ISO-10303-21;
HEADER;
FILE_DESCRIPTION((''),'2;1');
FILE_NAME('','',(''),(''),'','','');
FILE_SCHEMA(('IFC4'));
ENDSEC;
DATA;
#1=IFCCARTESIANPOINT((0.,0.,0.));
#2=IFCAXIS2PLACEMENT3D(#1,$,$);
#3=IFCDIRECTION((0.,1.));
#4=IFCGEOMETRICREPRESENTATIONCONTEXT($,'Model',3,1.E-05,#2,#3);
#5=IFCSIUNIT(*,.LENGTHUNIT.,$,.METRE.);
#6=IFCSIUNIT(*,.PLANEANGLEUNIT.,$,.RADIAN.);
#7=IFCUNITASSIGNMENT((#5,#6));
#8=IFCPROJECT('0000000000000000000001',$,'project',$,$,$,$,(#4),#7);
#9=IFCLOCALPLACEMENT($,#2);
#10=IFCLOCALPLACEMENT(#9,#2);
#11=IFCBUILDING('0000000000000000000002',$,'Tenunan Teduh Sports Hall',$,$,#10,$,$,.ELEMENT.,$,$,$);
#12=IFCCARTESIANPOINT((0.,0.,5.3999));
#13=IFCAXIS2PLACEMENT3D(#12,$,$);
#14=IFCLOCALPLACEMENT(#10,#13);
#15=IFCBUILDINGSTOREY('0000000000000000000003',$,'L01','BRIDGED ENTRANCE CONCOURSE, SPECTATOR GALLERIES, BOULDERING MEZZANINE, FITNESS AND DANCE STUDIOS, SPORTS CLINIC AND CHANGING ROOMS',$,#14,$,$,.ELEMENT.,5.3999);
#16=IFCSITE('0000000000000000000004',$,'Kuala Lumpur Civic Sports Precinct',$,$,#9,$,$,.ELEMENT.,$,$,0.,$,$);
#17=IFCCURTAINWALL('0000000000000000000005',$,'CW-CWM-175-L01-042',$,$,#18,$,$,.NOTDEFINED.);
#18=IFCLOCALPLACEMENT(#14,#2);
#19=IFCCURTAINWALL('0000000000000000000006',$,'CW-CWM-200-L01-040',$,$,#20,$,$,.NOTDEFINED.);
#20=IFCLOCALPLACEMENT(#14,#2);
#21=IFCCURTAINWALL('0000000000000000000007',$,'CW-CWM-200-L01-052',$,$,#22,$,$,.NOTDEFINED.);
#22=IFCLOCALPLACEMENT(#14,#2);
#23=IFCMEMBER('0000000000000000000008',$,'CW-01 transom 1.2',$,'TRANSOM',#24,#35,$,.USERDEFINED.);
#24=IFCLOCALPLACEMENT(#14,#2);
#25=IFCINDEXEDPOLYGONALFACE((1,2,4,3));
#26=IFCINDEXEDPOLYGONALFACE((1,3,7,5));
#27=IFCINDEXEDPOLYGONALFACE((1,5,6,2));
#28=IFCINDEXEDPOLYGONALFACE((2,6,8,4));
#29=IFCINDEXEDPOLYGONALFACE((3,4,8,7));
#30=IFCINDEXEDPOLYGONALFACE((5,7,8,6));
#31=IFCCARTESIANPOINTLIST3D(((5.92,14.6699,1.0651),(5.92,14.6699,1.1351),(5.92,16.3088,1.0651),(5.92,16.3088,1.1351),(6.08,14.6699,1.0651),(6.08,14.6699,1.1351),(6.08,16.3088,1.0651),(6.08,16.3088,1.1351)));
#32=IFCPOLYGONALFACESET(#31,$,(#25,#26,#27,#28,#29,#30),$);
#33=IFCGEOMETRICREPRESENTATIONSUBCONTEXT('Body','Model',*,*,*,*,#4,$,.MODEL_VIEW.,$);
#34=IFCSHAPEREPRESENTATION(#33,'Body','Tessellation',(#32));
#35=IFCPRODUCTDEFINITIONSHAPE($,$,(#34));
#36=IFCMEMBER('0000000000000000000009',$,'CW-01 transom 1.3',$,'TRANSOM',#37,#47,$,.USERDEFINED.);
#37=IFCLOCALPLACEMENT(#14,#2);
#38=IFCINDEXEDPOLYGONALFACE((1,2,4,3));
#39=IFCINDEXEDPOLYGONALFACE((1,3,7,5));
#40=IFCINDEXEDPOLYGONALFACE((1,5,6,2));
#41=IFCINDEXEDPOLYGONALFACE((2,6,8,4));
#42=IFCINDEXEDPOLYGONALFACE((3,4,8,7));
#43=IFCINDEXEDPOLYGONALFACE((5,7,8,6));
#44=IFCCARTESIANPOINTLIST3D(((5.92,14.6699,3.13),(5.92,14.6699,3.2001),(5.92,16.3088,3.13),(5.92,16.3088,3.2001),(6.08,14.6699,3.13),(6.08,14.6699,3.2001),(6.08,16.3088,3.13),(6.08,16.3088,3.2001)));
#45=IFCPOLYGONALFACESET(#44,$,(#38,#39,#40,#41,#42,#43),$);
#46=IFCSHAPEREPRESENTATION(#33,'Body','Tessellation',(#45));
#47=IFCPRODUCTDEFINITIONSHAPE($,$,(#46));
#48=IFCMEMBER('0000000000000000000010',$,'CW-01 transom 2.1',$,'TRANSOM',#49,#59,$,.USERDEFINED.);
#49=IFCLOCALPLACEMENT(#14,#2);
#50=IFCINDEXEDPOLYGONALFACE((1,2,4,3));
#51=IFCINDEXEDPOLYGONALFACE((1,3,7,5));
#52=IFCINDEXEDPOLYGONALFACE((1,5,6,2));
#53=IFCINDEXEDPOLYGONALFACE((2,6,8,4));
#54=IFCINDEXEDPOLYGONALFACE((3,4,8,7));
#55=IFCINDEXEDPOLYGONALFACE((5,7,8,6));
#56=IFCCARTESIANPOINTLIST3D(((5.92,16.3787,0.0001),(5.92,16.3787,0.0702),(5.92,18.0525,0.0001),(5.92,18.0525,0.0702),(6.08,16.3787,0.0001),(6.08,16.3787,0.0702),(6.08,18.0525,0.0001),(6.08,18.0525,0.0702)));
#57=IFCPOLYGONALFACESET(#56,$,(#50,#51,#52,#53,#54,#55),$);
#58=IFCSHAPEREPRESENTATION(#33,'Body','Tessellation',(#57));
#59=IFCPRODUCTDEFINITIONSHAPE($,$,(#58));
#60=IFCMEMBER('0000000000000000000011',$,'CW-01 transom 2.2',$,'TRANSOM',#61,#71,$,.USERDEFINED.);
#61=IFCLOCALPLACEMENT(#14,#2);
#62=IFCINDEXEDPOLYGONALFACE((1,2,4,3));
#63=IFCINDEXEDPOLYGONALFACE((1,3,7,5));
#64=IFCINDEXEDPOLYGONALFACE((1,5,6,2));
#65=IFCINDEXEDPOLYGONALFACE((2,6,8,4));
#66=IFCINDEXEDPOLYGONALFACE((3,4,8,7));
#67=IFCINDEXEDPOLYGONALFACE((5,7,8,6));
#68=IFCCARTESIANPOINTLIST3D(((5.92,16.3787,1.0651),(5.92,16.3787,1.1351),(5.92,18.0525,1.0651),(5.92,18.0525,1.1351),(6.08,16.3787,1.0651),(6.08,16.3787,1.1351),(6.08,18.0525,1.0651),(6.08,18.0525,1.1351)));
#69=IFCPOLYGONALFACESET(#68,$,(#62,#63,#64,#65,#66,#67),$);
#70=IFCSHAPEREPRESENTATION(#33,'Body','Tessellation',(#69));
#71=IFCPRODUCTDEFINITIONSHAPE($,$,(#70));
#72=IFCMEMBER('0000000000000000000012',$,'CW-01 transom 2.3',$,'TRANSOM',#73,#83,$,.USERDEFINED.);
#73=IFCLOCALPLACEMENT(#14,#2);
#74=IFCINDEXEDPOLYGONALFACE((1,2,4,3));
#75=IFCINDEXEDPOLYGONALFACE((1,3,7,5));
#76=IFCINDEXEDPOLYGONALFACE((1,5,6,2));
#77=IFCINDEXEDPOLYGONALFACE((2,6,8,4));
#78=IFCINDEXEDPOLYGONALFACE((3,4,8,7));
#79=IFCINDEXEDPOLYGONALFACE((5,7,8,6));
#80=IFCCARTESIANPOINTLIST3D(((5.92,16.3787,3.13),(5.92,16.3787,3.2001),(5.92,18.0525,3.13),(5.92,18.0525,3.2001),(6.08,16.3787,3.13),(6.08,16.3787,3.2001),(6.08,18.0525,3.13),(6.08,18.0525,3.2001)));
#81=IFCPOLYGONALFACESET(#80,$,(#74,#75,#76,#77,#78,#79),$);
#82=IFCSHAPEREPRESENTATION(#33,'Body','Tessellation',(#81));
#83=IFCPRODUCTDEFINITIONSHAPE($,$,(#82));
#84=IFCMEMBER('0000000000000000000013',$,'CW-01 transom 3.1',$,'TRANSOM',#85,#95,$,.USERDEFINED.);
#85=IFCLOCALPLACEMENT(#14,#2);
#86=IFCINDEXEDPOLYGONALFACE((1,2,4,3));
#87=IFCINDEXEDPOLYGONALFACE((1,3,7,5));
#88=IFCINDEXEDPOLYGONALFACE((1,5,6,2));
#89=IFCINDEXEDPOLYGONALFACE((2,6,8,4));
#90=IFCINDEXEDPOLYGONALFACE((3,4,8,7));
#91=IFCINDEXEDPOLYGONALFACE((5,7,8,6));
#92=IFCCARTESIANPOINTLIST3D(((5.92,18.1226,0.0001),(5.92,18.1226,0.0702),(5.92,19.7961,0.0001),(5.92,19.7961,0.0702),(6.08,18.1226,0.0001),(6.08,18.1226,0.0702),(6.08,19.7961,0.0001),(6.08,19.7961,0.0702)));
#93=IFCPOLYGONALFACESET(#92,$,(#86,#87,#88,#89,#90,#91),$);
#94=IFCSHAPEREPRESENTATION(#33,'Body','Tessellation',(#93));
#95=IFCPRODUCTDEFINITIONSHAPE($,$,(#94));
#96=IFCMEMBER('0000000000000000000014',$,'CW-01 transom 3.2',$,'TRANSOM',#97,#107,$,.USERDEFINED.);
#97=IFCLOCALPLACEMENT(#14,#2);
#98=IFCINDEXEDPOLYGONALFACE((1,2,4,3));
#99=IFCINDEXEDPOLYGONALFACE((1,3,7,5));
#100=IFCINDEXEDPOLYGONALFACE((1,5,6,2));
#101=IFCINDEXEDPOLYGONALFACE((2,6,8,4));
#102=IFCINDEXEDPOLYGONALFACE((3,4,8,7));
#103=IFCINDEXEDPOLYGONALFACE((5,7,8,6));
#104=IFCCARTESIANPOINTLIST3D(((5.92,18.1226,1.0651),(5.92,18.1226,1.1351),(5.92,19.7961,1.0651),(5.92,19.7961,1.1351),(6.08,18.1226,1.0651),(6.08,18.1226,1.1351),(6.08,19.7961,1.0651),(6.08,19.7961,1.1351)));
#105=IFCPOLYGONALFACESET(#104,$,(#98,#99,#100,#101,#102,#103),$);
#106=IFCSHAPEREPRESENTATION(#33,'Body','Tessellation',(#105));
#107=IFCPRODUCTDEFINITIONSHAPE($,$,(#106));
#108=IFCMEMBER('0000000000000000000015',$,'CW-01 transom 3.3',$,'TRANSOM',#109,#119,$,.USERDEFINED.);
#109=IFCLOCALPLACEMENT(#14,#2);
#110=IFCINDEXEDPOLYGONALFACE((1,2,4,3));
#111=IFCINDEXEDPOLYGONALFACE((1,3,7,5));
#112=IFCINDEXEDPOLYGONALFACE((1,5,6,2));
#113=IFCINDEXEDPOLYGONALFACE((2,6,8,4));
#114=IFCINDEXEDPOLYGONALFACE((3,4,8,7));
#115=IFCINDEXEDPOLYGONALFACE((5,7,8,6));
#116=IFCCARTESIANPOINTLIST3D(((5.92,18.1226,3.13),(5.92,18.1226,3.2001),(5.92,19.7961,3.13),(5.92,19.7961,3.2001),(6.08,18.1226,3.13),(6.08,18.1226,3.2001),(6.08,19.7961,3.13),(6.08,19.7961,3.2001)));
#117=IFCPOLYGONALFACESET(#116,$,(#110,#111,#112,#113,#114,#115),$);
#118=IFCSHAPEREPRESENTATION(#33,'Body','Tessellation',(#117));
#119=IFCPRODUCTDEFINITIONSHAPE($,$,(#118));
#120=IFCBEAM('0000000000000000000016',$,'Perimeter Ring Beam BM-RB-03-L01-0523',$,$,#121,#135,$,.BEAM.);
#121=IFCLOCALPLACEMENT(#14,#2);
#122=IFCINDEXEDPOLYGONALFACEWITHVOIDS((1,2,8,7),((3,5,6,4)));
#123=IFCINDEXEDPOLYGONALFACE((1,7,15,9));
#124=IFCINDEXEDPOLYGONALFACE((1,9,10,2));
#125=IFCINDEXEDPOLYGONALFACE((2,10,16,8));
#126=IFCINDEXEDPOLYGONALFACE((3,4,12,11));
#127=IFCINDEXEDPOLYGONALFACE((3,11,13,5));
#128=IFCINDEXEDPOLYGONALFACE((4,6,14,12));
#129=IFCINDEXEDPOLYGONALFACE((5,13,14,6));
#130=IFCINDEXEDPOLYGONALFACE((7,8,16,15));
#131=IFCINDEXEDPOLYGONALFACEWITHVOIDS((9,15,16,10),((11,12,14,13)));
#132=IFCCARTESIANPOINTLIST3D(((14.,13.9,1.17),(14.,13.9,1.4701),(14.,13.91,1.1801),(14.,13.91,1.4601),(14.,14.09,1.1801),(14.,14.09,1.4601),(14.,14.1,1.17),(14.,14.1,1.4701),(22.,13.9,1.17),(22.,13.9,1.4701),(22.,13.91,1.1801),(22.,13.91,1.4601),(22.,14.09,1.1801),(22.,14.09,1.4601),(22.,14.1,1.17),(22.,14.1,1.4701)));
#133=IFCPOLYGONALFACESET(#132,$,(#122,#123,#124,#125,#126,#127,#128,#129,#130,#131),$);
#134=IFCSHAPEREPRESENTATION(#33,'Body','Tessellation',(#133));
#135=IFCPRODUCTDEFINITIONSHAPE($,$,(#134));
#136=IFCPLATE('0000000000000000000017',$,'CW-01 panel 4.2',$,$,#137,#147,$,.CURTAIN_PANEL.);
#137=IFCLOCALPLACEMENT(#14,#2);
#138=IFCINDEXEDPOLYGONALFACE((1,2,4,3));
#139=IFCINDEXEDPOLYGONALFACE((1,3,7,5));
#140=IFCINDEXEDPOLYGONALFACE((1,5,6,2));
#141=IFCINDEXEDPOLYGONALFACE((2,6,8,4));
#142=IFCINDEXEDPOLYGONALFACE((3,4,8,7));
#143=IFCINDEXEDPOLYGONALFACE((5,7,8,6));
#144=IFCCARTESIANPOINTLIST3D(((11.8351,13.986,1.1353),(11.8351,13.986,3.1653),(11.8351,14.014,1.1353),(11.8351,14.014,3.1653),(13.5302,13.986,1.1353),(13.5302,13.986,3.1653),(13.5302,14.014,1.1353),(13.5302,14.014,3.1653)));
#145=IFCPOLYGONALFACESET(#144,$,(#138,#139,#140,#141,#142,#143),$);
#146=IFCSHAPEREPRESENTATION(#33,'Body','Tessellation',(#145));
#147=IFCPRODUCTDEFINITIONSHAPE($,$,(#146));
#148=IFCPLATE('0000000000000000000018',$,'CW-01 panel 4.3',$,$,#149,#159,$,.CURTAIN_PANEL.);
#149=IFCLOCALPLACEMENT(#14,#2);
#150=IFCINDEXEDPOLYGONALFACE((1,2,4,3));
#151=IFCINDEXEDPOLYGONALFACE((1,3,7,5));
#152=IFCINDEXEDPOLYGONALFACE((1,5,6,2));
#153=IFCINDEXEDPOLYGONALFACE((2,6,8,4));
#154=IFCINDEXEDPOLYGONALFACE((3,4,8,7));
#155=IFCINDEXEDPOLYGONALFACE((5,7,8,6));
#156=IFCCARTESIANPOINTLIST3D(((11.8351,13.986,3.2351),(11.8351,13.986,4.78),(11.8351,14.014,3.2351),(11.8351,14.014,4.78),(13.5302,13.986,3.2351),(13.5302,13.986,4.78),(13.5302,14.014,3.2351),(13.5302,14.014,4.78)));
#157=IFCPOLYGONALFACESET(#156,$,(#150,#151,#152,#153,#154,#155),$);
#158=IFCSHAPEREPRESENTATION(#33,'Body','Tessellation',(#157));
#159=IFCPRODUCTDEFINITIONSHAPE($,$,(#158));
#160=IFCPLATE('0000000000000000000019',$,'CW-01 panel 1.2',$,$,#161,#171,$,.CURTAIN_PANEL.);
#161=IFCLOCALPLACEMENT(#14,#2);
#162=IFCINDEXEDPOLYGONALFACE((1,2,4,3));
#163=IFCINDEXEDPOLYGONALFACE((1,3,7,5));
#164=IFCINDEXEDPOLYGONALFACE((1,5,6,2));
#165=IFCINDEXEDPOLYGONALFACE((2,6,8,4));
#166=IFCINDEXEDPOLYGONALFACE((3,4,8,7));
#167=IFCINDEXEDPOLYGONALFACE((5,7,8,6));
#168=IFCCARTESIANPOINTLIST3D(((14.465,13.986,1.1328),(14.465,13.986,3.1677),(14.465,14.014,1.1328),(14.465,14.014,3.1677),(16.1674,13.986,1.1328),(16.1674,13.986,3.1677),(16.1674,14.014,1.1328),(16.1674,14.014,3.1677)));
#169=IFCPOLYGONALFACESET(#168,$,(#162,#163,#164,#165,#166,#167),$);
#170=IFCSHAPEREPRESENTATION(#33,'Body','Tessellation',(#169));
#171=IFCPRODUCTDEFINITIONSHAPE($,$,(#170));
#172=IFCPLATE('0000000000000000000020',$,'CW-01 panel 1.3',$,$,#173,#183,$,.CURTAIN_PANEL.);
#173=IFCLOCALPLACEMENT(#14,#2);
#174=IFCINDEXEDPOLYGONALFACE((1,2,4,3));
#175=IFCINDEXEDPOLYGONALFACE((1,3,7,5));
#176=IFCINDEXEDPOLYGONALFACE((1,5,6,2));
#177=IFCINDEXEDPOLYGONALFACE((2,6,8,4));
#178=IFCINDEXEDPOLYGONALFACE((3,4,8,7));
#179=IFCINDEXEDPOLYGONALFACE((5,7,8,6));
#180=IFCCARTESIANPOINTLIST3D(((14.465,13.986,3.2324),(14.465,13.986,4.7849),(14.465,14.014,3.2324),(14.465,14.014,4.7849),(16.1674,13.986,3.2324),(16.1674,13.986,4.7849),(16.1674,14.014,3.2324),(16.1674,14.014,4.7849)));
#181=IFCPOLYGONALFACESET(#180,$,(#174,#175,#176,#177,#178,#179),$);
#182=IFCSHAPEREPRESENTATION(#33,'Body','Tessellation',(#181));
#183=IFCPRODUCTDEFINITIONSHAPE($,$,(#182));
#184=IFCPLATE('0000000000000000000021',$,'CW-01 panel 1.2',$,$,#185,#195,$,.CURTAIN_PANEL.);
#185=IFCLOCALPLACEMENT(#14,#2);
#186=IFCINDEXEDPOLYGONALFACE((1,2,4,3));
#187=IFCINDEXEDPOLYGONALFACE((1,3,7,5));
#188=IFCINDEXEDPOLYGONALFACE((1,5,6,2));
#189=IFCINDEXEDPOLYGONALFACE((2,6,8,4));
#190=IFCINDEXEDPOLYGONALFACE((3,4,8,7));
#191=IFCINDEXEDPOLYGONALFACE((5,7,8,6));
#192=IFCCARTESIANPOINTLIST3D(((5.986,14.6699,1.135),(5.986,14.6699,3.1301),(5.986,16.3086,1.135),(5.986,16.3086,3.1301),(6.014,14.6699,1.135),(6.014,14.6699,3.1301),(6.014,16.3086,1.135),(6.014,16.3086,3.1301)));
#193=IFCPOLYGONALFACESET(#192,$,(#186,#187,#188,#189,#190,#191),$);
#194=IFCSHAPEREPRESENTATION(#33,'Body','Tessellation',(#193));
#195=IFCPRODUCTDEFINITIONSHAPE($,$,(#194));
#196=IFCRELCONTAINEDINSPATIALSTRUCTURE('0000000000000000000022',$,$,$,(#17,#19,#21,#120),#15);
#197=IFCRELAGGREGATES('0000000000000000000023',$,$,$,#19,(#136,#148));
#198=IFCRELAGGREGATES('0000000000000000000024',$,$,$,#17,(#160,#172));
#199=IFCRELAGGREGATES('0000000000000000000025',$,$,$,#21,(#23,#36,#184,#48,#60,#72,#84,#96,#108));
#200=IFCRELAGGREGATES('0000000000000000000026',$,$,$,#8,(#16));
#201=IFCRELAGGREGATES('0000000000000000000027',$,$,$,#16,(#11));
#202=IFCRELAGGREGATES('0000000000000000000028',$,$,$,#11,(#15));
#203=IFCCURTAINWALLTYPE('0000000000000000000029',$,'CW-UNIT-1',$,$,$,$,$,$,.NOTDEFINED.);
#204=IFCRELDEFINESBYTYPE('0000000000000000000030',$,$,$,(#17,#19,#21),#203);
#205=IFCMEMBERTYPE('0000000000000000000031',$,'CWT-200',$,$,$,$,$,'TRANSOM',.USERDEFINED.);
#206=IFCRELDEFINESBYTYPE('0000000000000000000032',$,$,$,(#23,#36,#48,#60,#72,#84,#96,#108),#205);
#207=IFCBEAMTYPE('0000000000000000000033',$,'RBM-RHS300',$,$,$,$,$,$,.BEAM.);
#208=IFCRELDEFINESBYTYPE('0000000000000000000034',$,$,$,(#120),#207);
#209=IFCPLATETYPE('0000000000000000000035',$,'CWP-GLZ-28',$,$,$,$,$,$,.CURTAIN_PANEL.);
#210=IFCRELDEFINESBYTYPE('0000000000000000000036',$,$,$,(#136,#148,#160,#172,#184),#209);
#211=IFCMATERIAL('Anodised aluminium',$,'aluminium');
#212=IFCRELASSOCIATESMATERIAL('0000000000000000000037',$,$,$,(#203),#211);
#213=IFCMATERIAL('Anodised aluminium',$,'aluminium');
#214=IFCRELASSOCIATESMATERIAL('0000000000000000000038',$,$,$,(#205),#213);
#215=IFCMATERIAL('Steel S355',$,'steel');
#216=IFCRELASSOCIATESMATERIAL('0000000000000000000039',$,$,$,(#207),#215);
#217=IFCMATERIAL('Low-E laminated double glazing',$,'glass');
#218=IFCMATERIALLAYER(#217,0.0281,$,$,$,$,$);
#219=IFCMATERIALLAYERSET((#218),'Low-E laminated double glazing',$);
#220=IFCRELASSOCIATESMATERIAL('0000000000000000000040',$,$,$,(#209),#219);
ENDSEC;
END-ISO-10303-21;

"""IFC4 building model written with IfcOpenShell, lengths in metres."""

from ifc_helpers import new_model, si_unit, direction, frame, origin, origin_2d, place, context, subcontext, project, spatial, rectangle, hollow_rectangle, extrude, material, layer, layer_set, material_profile, profile_set, type_object, element, aggregate, save


model = new_model("IFC4")

# Units and contexts
model_context = context("Model", 3, precision=1e-05, world=origin(), true_north=direction((0.0, 1.0)))
body_context = subcontext(model_context, "Body", "Model", "MODEL_VIEW")
ifc_project = project(units=[si_unit("LENGTHUNIT", "METRE"), si_unit("PLANEANGLEUNIT", "RADIAN")], contexts=[model_context])

# Site, building, storey
site_placement = place(None, origin())
site = spatial("IfcSite", under=ifc_project, at=site_placement, Name="Kuala Lumpur Civic Sports Precinct", CompositionType="ELEMENT", RefElevation=0.0)
building_placement = place(site_placement, origin())
building = spatial("IfcBuilding", under=site, at=building_placement, Name="Tenunan Teduh Sports Hall", CompositionType="ELEMENT")
storey_placement = place(building_placement, frame((0.0, 0.0, 5.3999)))
storey = spatial("IfcBuildingStorey", under=building, at=storey_placement, Name="L01", Description="BRIDGED ENTRANCE CONCOURSE, SPECTATOR GALLERIES, BOULDERING MEZZANINE, FITNESS AND DANCE STUDIOS, SPORTS CLINIC AND CHANGING ROOMS", CompositionType="ELEMENT", Elevation=5.3999)

# Curtain walls
ifc_material_1 = material(Name="Anodised aluminium", Category="aluminium")
curtain_wall_type = type_object("IfcCurtainWallType", Name="CW-UNIT-1", PredefinedType="NOTDEFINED", material=ifc_material_1)
curtain_wall_1_placement = place(storey_placement, origin())
curtain_wall_1 = element("IfcCurtainWall", 1, at=curtain_wall_1_placement, inside=storey, type_object=curtain_wall_type, Name="CW-CWM-175-L01-042", PredefinedType="NOTDEFINED")
curtain_wall_2_placement = place(storey_placement, origin())
curtain_wall_2 = element("IfcCurtainWall", 2, at=curtain_wall_2_placement, inside=storey, type_object=curtain_wall_type, Name="CW-CWM-200-L01-040", PredefinedType="NOTDEFINED")

# Curtain wall
curtain_wall_3_placement = place(storey_placement, origin())
curtain_wall_3 = element("IfcCurtainWall", 3, at=curtain_wall_3_placement, inside=storey, type_object=curtain_wall_type, Name="CW-CWM-200-L01-052", PredefinedType="NOTDEFINED")

# Members
ifc_material_2 = material(Name="Anodised aluminium", Category="aluminium")
ifc_material_profile_1 = material_profile(ifc_material_2, rectangle(XDim=0.0701, YDim=0.1599, at=origin_2d()), Name="CWT 70x160")
ifc_profile_set_1 = profile_set([ifc_material_profile_1], Name="Anodised aluminium")
member_type_1 = type_object("IfcMemberType", Name="CWT-200", ElementType="TRANSOM", PredefinedType="USERDEFINED", material=ifc_profile_set_1)
member_1_placement = place(storey_placement, frame((6.0, 14.6699, 1.1001), z_axis=(0.0, 1.0, 0.0), x_axis=(0.0, 0.0, 1.0)))
member_1 = element("IfcMember", 4, at=member_1_placement, type_object=member_type_1, Name="CW-01 transom 1.2", ObjectType="TRANSOM", PredefinedType="USERDEFINED", context=body_context, shape_type="SweptSolid", body=[
    extrude(rectangle(XDim=0.0701, YDim=0.1599, at=origin_2d()), origin(), (0.0, 0.0, 1.0), 1.6389),
])
member_2_placement = place(storey_placement, frame((6.0, 14.6699, 3.165), z_axis=(0.0, 1.0, 0.0), x_axis=(0.0, 0.0, 1.0)))
member_2 = element("IfcMember", 5, at=member_2_placement, type_object=member_type_1, Name="CW-01 transom 1.3", ObjectType="TRANSOM", PredefinedType="USERDEFINED", context=body_context, shape_type="SweptSolid", body=[
    extrude(rectangle(XDim=0.0701, YDim=0.1599, at=origin_2d()), origin(), (0.0, 0.0, 1.0), 1.6389),
])
member_3_placement = place(storey_placement, frame((6.0, 16.3787, 0.0352), z_axis=(0.0, 1.0, 0.0), x_axis=(0.0, 0.0, 1.0)))
member_3 = element("IfcMember", 6, at=member_3_placement, type_object=member_type_1, Name="CW-01 transom 2.1", ObjectType="TRANSOM", PredefinedType="USERDEFINED", context=body_context, shape_type="SweptSolid", body=[
    extrude(rectangle(XDim=0.0701, YDim=0.1599, at=origin_2d()), origin(), (0.0, 0.0, 1.0), 1.6738),
])
member_4_placement = place(storey_placement, frame((6.0, 16.3787, 1.1001), z_axis=(0.0, 1.0, 0.0), x_axis=(0.0, 0.0, 1.0)))
member_4 = element("IfcMember", 7, at=member_4_placement, type_object=member_type_1, Name="CW-01 transom 2.2", ObjectType="TRANSOM", PredefinedType="USERDEFINED", context=body_context, shape_type="SweptSolid", body=[
    extrude(rectangle(XDim=0.0701, YDim=0.1599, at=origin_2d()), origin(), (0.0, 0.0, 1.0), 1.6738),
])
member_5_placement = place(storey_placement, frame((6.0, 16.3787, 3.165), z_axis=(0.0, 1.0, 0.0), x_axis=(0.0, 0.0, 1.0)))
member_5 = element("IfcMember", 8, at=member_5_placement, type_object=member_type_1, Name="CW-01 transom 2.3", ObjectType="TRANSOM", PredefinedType="USERDEFINED", context=body_context, shape_type="SweptSolid", body=[
    extrude(rectangle(XDim=0.0701, YDim=0.1599, at=origin_2d()), origin(), (0.0, 0.0, 1.0), 1.6738),
])
member_6_placement = place(storey_placement, frame((6.0, 18.1226, 0.0352), z_axis=(0.0, 1.0, 0.0), x_axis=(0.0, 0.0, 1.0)))
member_6 = element("IfcMember", 9, at=member_6_placement, type_object=member_type_1, Name="CW-01 transom 3.1", ObjectType="TRANSOM", PredefinedType="USERDEFINED", context=body_context, shape_type="SweptSolid", body=[
    extrude(rectangle(XDim=0.0701, YDim=0.1599, at=origin_2d()), origin(), (0.0, 0.0, 1.0), 1.6736),
])
member_7_placement = place(storey_placement, frame((6.0, 18.1226, 1.1001), z_axis=(0.0, 1.0, 0.0), x_axis=(0.0, 0.0, 1.0)))
member_7 = element("IfcMember", 10, at=member_7_placement, type_object=member_type_1, Name="CW-01 transom 3.2", ObjectType="TRANSOM", PredefinedType="USERDEFINED", context=body_context, shape_type="SweptSolid", body=[
    extrude(rectangle(XDim=0.0701, YDim=0.1599, at=origin_2d()), origin(), (0.0, 0.0, 1.0), 1.6736),
])
member_8_placement = place(storey_placement, frame((6.0, 18.1226, 3.165), z_axis=(0.0, 1.0, 0.0), x_axis=(0.0, 0.0, 1.0)))
member_8 = element("IfcMember", 11, at=member_8_placement, type_object=member_type_1, Name="CW-01 transom 3.3", ObjectType="TRANSOM", PredefinedType="USERDEFINED", context=body_context, shape_type="SweptSolid", body=[
    extrude(rectangle(XDim=0.0701, YDim=0.1599, at=origin_2d()), origin(), (0.0, 0.0, 1.0), 1.6736),
])

# Beam
ifc_material_3 = material(Name="Steel S355", Category="steel")
ifc_material_profile_2 = material_profile(ifc_material_3, hollow_rectangle(XDim=0.2, YDim=0.3, WallThickness=0.01, at=origin_2d()), Name="RHS 300x200x10.0")
ifc_profile_set_2 = profile_set([ifc_material_profile_2], Name="Steel S355")
beam_type = type_object("IfcBeamType", Name="RBM-RHS300", PredefinedType="BEAM", material=ifc_profile_set_2)
beam_placement = place(storey_placement, frame((14.0, 14.0, 1.3201), z_axis=(1.0, 0.0, 0.0), x_axis=(0.0, 1.0, 0.0)))
element("IfcBeam", 12, at=beam_placement, inside=storey, type_object=beam_type, Name="Perimeter Ring Beam BM-RB-03-L01-0523", PredefinedType="BEAM", context=body_context, shape_type="SweptSolid", body=[
    extrude(hollow_rectangle(XDim=0.2, YDim=0.3, WallThickness=0.01, at=origin_2d()), origin(), (0.0, 0.0, 1.0), 8.0),
])

# Plates
ifc_material_4 = material(Name="Low-E laminated double glazing", Category="glass")
ifc_layer_1 = layer(ifc_material_4, 0.0281)
ifc_layer_set_1 = layer_set([ifc_layer_1], Name="Low-E laminated double glazing")
plate_type_1 = type_object("IfcPlateType", Name="CWP-GLZ-28", PredefinedType="CURTAIN_PANEL", material=ifc_layer_set_1)
plate_1_placement = place(storey_placement, frame((12.6826, 14.0, 1.1353), z_axis=(0.0, 0.0, 1.0), x_axis=(1.0, 0.0, 0.0)))
plate_1 = element("IfcPlate", 13, at=plate_1_placement, type_object=plate_type_1, Name="CW-01 panel 4.2", PredefinedType="CURTAIN_PANEL", context=body_context, shape_type="SweptSolid", body=[
    extrude(rectangle(XDim=1.6951, YDim=0.0281, at=origin_2d()), origin(), (0.0, 0.0, 1.0), 2.03),
])
plate_2_placement = place(storey_placement, frame((12.6826, 14.0, 3.2351), z_axis=(0.0, 0.0, 1.0), x_axis=(1.0, 0.0, 0.0)))
plate_2 = element("IfcPlate", 14, at=plate_2_placement, type_object=plate_type_1, Name="CW-01 panel 4.3", PredefinedType="CURTAIN_PANEL", context=body_context, shape_type="SweptSolid", body=[
    extrude(rectangle(XDim=1.6951, YDim=0.0281, at=origin_2d()), origin(), (0.0, 0.0, 1.0), 1.5449),
])
plate_3_placement = place(storey_placement, frame((15.3162, 14.0, 1.1328), z_axis=(0.0, 0.0, 1.0), x_axis=(1.0, 0.0, 0.0)))
plate_3 = element("IfcPlate", 15, at=plate_3_placement, type_object=plate_type_1, Name="CW-01 panel 1.2", PredefinedType="CURTAIN_PANEL", context=body_context, shape_type="SweptSolid", body=[
    extrude(rectangle(XDim=1.7024, YDim=0.0281, at=origin_2d()), origin(), (0.0, 0.0, 1.0), 2.0349),
])
plate_4_placement = place(storey_placement, frame((15.3162, 14.0, 3.2324), z_axis=(0.0, 0.0, 1.0), x_axis=(1.0, 0.0, 0.0)))
plate_4 = element("IfcPlate", 16, at=plate_4_placement, type_object=plate_type_1, Name="CW-01 panel 1.3", PredefinedType="CURTAIN_PANEL", context=body_context, shape_type="SweptSolid", body=[
    extrude(rectangle(XDim=1.7024, YDim=0.0281, at=origin_2d()), origin(), (0.0, 0.0, 1.0), 1.5525),
])
plate_5_placement = place(storey_placement, frame((6.0, 15.4893, 1.135), z_axis=(0.0, 0.0, 1.0), x_axis=(0.0, 1.0, 0.0)))
plate_5 = element("IfcPlate", 17, at=plate_5_placement, type_object=plate_type_1, Name="CW-01 panel 1.2", PredefinedType="CURTAIN_PANEL", context=body_context, shape_type="SweptSolid", body=[
    extrude(rectangle(XDim=1.6387, YDim=0.0281, at=origin_2d()), origin(), (0.0, 0.0, 1.0), 1.9951),
])
aggregate(curtain_wall_2, [plate_1, plate_2])
aggregate(curtain_wall_1, [plate_3, plate_4])
aggregate(curtain_wall_3, [member_1, member_2, plate_5, member_3, member_4, member_5, member_6, member_7, member_8])

save(model, "model.ifc")
